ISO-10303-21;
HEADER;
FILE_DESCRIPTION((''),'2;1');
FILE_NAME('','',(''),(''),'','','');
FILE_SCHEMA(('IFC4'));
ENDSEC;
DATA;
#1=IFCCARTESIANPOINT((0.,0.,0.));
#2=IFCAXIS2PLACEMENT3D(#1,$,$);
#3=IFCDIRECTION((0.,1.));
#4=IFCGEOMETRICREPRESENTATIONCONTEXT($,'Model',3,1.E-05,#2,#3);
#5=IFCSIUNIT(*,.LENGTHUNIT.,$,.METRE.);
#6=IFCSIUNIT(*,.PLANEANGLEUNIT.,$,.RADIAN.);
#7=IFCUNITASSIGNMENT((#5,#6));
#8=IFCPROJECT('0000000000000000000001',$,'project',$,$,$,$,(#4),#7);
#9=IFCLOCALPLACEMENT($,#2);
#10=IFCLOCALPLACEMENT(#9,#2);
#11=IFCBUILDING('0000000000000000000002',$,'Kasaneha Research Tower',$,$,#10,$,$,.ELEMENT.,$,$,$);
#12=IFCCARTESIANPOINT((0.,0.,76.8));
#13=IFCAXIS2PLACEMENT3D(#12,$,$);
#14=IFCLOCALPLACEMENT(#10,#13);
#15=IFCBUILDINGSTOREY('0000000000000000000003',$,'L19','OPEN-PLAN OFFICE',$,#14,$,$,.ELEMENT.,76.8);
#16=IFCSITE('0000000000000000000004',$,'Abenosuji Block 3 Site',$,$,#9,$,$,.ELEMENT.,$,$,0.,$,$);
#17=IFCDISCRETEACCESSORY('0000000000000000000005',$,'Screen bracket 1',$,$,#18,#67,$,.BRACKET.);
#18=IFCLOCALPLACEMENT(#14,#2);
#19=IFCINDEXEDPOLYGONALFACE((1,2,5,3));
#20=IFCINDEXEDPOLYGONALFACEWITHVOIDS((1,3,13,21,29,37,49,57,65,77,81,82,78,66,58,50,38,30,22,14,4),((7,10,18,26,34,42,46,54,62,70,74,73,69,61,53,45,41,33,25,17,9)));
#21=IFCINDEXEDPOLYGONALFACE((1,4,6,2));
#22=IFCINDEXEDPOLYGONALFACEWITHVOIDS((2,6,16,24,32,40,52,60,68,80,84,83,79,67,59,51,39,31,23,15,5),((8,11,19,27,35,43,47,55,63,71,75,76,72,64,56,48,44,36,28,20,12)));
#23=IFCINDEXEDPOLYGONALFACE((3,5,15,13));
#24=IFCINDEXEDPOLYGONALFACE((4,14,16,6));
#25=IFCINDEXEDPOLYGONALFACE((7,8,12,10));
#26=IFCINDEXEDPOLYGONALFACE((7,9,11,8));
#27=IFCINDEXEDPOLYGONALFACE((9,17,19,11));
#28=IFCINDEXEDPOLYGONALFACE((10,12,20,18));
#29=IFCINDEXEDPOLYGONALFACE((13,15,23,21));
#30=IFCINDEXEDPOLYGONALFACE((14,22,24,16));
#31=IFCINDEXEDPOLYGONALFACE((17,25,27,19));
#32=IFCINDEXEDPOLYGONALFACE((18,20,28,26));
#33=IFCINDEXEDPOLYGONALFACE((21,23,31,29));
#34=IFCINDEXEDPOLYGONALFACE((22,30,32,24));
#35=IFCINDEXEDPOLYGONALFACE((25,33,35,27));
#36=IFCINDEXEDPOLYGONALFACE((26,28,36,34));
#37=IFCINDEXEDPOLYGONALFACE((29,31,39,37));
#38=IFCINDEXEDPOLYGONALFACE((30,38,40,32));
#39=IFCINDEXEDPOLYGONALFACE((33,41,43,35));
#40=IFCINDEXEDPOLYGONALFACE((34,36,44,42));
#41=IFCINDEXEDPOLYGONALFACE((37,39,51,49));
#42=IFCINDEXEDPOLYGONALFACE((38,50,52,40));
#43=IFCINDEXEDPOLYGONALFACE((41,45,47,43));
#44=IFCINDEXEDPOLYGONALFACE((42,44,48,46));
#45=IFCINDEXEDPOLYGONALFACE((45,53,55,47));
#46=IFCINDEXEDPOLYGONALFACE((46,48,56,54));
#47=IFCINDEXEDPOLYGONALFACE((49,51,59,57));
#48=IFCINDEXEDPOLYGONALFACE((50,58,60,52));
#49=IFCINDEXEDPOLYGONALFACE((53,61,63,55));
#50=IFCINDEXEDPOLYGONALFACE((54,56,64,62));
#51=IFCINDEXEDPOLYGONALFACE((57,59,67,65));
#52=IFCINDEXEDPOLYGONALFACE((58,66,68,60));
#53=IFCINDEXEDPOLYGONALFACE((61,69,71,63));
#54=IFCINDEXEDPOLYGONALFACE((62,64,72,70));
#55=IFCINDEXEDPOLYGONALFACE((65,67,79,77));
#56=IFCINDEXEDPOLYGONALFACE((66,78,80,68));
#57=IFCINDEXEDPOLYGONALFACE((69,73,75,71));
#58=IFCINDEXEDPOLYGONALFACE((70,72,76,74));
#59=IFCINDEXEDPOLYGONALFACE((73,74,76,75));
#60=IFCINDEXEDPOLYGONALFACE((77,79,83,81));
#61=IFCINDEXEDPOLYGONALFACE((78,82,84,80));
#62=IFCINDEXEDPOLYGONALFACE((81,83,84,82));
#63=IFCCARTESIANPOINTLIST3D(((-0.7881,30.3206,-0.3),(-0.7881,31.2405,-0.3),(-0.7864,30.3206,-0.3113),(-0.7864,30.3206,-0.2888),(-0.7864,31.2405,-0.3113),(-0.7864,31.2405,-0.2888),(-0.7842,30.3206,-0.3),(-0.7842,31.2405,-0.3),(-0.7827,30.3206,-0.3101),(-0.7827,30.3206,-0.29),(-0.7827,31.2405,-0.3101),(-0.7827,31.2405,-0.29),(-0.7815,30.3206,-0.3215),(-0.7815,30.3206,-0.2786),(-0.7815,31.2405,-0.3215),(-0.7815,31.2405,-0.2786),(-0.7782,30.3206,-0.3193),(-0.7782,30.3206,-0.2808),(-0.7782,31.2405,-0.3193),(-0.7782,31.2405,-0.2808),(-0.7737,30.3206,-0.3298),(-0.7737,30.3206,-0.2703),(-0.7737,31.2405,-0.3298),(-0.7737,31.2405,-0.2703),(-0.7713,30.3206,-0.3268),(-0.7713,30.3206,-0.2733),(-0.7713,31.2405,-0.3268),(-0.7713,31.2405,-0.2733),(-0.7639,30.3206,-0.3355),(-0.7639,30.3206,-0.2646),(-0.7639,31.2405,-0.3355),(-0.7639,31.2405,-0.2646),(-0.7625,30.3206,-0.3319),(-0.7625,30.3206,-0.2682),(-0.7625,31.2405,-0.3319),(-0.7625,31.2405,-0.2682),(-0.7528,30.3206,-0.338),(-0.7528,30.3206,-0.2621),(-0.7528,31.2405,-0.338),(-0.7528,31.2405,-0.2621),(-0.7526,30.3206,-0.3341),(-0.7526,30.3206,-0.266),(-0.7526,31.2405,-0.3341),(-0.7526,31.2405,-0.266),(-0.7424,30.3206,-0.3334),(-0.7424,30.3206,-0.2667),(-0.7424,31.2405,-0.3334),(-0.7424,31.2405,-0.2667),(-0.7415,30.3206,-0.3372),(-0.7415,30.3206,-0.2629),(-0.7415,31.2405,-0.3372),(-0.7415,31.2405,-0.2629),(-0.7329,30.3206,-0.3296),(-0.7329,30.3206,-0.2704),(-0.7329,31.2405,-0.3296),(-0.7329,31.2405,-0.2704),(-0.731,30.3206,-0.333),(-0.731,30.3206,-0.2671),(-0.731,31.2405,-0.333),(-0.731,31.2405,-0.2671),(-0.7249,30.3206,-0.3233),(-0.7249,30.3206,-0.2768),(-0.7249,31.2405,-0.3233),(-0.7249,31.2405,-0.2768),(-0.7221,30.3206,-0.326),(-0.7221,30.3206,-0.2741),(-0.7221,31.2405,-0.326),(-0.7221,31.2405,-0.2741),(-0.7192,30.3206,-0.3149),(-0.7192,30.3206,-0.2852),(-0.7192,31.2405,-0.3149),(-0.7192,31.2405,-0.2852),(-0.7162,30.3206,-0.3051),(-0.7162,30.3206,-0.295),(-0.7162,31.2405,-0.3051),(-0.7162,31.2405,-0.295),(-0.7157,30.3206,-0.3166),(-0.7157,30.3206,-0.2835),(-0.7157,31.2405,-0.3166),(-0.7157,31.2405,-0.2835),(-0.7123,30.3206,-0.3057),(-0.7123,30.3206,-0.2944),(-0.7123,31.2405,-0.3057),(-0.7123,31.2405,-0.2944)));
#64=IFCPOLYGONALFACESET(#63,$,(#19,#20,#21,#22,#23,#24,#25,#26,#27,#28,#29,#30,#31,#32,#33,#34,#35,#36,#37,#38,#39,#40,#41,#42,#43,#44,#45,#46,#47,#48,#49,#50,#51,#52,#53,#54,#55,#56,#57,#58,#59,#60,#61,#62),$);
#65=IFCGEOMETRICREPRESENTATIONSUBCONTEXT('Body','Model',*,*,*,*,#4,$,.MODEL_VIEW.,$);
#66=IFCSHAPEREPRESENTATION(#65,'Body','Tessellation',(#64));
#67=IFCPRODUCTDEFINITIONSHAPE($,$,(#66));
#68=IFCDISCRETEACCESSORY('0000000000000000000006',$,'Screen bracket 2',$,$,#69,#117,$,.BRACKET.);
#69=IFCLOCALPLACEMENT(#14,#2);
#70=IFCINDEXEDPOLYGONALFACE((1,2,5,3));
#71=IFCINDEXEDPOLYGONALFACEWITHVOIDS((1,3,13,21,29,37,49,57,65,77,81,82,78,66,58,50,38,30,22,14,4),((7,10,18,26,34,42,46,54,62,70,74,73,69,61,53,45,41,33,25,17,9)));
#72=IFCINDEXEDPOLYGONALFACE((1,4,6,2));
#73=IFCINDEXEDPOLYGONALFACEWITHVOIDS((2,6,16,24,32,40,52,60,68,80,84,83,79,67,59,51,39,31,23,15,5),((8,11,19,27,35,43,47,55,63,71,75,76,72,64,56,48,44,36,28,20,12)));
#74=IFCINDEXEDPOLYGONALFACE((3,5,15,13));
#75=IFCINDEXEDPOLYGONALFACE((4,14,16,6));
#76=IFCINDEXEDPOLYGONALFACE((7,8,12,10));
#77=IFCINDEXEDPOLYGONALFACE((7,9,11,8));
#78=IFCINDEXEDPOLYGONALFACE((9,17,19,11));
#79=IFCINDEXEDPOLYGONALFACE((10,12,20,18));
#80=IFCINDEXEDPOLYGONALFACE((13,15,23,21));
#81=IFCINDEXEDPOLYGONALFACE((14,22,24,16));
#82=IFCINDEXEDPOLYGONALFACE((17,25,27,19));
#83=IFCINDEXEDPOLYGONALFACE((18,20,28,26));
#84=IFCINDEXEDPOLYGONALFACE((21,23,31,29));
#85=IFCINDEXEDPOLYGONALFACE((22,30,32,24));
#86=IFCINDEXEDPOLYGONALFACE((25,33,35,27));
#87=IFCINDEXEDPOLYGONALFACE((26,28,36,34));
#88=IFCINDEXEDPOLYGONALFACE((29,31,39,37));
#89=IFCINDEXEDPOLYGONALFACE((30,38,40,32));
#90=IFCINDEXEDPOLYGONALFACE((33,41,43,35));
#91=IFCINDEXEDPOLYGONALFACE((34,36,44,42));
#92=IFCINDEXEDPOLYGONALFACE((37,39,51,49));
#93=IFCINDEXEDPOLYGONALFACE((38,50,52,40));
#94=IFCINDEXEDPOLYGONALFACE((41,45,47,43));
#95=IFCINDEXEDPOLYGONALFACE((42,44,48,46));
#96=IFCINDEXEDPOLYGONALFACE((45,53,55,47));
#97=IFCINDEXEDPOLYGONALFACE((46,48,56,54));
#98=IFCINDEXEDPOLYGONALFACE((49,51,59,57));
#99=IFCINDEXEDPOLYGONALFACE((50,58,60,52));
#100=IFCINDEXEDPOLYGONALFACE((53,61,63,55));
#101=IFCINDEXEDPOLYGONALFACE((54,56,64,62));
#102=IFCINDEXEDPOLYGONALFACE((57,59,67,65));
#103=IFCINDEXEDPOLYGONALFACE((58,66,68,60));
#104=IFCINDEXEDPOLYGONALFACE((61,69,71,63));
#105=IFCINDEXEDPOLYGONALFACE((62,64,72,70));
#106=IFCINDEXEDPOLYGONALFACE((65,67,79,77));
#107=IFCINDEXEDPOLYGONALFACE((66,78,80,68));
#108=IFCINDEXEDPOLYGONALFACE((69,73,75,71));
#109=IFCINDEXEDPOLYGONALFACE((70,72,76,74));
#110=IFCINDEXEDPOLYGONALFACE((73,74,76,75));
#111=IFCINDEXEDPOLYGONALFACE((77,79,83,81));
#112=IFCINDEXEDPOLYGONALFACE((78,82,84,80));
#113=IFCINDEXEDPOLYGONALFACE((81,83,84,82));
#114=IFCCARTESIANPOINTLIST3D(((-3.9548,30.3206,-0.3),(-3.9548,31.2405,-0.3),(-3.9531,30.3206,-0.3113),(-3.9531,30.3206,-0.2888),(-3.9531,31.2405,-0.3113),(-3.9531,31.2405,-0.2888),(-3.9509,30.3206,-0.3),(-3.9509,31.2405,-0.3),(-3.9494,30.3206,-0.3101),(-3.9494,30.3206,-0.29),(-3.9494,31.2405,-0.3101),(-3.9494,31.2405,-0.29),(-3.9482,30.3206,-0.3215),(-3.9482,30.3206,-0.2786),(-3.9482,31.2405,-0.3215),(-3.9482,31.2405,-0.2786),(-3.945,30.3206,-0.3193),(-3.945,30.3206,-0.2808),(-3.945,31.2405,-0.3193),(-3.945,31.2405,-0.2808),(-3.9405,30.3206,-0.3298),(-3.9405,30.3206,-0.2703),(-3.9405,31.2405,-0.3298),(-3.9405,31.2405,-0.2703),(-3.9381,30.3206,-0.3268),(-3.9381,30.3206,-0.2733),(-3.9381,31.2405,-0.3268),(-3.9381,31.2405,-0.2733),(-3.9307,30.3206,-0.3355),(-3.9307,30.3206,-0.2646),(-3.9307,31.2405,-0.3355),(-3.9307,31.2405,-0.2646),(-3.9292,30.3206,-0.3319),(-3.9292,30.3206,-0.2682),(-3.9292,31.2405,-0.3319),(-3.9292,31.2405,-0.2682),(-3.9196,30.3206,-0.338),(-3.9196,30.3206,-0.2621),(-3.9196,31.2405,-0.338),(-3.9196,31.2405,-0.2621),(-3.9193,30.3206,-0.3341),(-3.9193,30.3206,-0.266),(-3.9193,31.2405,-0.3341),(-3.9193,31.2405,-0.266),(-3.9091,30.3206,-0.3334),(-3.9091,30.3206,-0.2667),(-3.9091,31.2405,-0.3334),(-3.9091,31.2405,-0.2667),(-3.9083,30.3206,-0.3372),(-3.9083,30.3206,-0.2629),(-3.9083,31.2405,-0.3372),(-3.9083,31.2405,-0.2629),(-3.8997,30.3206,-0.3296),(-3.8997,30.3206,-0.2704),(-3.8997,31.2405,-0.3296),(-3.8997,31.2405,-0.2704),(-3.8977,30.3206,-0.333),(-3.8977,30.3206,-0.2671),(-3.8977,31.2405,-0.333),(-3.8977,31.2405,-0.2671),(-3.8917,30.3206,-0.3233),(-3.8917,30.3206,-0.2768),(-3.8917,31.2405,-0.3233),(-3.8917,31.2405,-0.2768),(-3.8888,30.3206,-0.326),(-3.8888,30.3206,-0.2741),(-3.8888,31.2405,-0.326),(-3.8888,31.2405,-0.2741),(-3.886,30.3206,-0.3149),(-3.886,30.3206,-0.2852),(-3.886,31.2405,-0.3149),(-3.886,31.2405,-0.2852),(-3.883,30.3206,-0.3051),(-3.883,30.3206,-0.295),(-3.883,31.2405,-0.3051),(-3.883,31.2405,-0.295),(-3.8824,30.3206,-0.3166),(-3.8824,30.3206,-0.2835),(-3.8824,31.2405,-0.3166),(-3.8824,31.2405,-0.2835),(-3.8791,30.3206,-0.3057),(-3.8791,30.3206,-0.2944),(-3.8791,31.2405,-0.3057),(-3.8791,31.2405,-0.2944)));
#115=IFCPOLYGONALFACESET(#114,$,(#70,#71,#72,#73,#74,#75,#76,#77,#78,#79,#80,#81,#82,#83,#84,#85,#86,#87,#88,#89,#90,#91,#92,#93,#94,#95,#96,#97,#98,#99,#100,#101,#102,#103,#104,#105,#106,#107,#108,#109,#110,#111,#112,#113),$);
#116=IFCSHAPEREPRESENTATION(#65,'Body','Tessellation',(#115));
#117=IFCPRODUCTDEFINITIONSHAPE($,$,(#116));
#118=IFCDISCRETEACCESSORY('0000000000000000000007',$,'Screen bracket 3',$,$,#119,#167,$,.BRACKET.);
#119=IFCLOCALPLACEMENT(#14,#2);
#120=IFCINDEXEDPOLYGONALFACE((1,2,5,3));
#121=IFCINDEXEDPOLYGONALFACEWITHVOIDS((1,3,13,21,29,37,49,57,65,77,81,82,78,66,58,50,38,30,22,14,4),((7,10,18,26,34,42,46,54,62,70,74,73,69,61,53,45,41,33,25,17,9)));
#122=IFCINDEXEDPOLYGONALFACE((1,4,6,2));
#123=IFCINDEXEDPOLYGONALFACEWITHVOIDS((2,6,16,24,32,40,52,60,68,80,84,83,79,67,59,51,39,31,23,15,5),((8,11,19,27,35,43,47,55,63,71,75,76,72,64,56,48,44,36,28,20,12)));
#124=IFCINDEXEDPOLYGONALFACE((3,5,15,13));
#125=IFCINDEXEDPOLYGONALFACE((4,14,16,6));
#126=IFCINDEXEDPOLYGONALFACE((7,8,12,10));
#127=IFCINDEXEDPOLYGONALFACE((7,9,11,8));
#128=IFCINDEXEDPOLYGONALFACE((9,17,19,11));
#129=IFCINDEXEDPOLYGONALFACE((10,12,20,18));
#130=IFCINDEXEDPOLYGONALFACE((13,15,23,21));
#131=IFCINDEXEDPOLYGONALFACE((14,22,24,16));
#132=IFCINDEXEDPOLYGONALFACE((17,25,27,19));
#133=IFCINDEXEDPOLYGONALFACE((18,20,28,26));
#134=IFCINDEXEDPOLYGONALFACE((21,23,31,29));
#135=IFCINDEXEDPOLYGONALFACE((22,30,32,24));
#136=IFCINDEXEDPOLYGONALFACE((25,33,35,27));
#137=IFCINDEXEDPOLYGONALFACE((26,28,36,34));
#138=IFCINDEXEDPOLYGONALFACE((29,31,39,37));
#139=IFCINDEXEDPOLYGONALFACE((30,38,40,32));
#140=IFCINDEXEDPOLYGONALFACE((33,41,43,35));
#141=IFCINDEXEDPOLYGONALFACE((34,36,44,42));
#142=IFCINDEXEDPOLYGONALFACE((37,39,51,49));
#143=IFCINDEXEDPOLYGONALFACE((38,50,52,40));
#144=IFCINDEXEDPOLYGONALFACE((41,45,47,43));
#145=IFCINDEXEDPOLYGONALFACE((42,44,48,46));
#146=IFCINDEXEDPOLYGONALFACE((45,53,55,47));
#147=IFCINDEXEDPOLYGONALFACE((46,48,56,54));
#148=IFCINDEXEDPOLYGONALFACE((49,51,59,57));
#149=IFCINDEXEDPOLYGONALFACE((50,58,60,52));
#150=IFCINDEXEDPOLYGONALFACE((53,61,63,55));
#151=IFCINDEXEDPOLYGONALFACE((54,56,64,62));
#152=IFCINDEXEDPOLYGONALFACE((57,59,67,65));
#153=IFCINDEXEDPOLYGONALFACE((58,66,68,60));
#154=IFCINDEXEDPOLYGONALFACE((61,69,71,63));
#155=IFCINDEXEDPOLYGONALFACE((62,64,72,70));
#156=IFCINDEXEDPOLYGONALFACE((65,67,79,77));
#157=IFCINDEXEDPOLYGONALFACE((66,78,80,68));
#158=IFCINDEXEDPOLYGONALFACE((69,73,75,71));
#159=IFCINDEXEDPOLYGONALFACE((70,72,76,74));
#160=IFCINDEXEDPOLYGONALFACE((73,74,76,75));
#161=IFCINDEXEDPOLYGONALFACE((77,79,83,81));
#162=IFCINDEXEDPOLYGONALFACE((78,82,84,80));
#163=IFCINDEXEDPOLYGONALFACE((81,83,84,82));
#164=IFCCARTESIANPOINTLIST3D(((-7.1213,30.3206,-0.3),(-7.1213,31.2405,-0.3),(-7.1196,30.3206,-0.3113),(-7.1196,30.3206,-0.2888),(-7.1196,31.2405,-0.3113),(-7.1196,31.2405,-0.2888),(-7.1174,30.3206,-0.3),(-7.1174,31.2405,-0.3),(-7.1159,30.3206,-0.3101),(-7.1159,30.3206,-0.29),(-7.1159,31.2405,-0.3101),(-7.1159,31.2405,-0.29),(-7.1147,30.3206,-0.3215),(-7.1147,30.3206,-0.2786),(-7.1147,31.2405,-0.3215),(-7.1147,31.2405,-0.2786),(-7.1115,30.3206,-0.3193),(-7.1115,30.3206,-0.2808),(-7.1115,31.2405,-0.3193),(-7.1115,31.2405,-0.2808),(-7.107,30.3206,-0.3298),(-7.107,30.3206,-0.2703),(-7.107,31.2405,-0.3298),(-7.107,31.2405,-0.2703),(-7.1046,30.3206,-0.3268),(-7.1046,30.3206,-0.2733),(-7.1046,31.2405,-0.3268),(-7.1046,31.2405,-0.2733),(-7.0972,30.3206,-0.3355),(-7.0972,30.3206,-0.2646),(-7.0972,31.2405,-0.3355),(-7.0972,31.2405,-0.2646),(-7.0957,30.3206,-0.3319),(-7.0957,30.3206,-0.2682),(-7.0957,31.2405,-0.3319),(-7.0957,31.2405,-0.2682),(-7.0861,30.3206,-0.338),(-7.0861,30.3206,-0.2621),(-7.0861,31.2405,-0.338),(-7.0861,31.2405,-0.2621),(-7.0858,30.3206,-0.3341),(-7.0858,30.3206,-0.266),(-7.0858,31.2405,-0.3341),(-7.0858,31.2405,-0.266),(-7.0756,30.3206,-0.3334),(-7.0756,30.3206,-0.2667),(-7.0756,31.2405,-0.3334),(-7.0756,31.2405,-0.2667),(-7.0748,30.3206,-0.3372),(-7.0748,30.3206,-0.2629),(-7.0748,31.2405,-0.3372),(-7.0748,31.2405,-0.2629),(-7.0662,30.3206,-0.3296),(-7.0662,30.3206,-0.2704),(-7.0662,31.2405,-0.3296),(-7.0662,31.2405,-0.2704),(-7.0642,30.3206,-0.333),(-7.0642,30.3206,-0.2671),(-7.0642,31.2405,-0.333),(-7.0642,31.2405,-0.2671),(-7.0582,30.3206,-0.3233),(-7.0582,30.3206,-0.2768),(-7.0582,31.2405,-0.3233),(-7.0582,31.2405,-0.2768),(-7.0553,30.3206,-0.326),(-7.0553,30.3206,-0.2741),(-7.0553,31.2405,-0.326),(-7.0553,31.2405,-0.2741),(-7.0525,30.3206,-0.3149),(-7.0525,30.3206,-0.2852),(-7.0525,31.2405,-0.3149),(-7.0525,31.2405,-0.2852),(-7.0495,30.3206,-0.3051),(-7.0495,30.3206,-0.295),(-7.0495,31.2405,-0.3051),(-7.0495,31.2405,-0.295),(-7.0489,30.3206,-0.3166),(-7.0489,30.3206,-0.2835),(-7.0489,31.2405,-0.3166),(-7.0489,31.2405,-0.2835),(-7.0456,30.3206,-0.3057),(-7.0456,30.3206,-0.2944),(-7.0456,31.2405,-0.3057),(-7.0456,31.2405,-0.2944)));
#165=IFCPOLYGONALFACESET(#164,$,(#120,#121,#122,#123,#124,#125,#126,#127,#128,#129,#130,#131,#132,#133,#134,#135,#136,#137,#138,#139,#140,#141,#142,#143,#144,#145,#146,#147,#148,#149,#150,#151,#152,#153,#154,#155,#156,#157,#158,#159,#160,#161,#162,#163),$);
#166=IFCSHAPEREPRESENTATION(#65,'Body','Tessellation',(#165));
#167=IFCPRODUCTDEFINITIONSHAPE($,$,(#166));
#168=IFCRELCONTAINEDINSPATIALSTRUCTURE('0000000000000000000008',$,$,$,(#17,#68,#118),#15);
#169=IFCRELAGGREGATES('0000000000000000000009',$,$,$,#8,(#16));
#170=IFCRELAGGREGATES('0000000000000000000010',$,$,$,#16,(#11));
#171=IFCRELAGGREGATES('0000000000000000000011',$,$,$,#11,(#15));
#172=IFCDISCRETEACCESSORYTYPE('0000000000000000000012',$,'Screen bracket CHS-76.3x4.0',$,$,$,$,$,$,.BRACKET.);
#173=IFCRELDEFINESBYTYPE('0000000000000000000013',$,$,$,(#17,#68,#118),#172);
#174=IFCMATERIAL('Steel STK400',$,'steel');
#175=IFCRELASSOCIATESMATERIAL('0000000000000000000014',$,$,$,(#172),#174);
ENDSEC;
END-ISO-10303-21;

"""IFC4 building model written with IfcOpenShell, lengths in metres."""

from ifc_helpers import new_model, si_unit, direction, frame, origin, origin_2d, place, context, subcontext, project, spatial, hollow_circle, extrude, material, material_profile, profile_set, type_object, element, save


model = new_model("IFC4")

# Units and contexts
model_context = context("Model", 3, precision=1e-05, world=origin(), true_north=direction((0.0, 1.0)))
body_context = subcontext(model_context, "Body", "Model", "MODEL_VIEW")
ifc_project = project(units=[si_unit("LENGTHUNIT", "METRE"), si_unit("PLANEANGLEUNIT", "RADIAN")], contexts=[model_context])

# Site, building, storey
site_placement = place(None, origin())
site = spatial("IfcSite", under=ifc_project, at=site_placement, Name="Abenosuji Block 3 Site", CompositionType="ELEMENT", RefElevation=0.0)
building_placement = place(site_placement, origin())
building = spatial("IfcBuilding", under=site, at=building_placement, Name="Kasaneha Research Tower", CompositionType="ELEMENT")
storey_placement = place(building_placement, frame((0.0, 0.0, 76.8)))
storey = spatial("IfcBuildingStorey", under=building, at=storey_placement, Name="L19", Description="OPEN-PLAN OFFICE", CompositionType="ELEMENT", Elevation=76.8)

# Discrete accessories
ifc_material_1 = material(Name="Steel STK400", Category="steel")
ifc_material_profile_1 = material_profile(ifc_material_1, hollow_circle(Radius=0.0381, WallThickness=0.0039, at=origin_2d()), Name="CHS-76.3x4.0")
ifc_profile_set_1 = profile_set([ifc_material_profile_1], Name="Steel STK400")
discrete_accessory_type = type_object("IfcDiscreteAccessoryType", Name="Screen bracket CHS-76.3x4.0", PredefinedType="BRACKET", material=ifc_profile_set_1)
for number, where, z_axis, x_axis, name in (
    (1, (-0.75, 30.3206, -0.3), (0.0, 1.0, 0.0), (-1.0, 0.0, 0.0), "Screen bracket 1"),
    (2, (-3.9167, 30.3206, -0.3), (0.0, 1.0, 0.0), (-1.0, 0.0, 0.0), "Screen bracket 2"),
    (3, (-7.0833, 30.3206, -0.3), (0.0, 1.0, 0.0), (-1.0, 0.0, 0.0), "Screen bracket 3"),
):
    element("IfcDiscreteAccessory", number, at=place(storey_placement, frame(where, z_axis=z_axis, x_axis=x_axis)), inside=storey, type_object=discrete_accessory_type, Name=name, PredefinedType="BRACKET", context=body_context, shape_type="SweptSolid", body=[
        extrude(hollow_circle(Radius=0.0381, WallThickness=0.0039, at=origin_2d()), origin(), (0.0, 0.0, 1.0), 0.9199),
    ])

save(model, "model.ifc")
